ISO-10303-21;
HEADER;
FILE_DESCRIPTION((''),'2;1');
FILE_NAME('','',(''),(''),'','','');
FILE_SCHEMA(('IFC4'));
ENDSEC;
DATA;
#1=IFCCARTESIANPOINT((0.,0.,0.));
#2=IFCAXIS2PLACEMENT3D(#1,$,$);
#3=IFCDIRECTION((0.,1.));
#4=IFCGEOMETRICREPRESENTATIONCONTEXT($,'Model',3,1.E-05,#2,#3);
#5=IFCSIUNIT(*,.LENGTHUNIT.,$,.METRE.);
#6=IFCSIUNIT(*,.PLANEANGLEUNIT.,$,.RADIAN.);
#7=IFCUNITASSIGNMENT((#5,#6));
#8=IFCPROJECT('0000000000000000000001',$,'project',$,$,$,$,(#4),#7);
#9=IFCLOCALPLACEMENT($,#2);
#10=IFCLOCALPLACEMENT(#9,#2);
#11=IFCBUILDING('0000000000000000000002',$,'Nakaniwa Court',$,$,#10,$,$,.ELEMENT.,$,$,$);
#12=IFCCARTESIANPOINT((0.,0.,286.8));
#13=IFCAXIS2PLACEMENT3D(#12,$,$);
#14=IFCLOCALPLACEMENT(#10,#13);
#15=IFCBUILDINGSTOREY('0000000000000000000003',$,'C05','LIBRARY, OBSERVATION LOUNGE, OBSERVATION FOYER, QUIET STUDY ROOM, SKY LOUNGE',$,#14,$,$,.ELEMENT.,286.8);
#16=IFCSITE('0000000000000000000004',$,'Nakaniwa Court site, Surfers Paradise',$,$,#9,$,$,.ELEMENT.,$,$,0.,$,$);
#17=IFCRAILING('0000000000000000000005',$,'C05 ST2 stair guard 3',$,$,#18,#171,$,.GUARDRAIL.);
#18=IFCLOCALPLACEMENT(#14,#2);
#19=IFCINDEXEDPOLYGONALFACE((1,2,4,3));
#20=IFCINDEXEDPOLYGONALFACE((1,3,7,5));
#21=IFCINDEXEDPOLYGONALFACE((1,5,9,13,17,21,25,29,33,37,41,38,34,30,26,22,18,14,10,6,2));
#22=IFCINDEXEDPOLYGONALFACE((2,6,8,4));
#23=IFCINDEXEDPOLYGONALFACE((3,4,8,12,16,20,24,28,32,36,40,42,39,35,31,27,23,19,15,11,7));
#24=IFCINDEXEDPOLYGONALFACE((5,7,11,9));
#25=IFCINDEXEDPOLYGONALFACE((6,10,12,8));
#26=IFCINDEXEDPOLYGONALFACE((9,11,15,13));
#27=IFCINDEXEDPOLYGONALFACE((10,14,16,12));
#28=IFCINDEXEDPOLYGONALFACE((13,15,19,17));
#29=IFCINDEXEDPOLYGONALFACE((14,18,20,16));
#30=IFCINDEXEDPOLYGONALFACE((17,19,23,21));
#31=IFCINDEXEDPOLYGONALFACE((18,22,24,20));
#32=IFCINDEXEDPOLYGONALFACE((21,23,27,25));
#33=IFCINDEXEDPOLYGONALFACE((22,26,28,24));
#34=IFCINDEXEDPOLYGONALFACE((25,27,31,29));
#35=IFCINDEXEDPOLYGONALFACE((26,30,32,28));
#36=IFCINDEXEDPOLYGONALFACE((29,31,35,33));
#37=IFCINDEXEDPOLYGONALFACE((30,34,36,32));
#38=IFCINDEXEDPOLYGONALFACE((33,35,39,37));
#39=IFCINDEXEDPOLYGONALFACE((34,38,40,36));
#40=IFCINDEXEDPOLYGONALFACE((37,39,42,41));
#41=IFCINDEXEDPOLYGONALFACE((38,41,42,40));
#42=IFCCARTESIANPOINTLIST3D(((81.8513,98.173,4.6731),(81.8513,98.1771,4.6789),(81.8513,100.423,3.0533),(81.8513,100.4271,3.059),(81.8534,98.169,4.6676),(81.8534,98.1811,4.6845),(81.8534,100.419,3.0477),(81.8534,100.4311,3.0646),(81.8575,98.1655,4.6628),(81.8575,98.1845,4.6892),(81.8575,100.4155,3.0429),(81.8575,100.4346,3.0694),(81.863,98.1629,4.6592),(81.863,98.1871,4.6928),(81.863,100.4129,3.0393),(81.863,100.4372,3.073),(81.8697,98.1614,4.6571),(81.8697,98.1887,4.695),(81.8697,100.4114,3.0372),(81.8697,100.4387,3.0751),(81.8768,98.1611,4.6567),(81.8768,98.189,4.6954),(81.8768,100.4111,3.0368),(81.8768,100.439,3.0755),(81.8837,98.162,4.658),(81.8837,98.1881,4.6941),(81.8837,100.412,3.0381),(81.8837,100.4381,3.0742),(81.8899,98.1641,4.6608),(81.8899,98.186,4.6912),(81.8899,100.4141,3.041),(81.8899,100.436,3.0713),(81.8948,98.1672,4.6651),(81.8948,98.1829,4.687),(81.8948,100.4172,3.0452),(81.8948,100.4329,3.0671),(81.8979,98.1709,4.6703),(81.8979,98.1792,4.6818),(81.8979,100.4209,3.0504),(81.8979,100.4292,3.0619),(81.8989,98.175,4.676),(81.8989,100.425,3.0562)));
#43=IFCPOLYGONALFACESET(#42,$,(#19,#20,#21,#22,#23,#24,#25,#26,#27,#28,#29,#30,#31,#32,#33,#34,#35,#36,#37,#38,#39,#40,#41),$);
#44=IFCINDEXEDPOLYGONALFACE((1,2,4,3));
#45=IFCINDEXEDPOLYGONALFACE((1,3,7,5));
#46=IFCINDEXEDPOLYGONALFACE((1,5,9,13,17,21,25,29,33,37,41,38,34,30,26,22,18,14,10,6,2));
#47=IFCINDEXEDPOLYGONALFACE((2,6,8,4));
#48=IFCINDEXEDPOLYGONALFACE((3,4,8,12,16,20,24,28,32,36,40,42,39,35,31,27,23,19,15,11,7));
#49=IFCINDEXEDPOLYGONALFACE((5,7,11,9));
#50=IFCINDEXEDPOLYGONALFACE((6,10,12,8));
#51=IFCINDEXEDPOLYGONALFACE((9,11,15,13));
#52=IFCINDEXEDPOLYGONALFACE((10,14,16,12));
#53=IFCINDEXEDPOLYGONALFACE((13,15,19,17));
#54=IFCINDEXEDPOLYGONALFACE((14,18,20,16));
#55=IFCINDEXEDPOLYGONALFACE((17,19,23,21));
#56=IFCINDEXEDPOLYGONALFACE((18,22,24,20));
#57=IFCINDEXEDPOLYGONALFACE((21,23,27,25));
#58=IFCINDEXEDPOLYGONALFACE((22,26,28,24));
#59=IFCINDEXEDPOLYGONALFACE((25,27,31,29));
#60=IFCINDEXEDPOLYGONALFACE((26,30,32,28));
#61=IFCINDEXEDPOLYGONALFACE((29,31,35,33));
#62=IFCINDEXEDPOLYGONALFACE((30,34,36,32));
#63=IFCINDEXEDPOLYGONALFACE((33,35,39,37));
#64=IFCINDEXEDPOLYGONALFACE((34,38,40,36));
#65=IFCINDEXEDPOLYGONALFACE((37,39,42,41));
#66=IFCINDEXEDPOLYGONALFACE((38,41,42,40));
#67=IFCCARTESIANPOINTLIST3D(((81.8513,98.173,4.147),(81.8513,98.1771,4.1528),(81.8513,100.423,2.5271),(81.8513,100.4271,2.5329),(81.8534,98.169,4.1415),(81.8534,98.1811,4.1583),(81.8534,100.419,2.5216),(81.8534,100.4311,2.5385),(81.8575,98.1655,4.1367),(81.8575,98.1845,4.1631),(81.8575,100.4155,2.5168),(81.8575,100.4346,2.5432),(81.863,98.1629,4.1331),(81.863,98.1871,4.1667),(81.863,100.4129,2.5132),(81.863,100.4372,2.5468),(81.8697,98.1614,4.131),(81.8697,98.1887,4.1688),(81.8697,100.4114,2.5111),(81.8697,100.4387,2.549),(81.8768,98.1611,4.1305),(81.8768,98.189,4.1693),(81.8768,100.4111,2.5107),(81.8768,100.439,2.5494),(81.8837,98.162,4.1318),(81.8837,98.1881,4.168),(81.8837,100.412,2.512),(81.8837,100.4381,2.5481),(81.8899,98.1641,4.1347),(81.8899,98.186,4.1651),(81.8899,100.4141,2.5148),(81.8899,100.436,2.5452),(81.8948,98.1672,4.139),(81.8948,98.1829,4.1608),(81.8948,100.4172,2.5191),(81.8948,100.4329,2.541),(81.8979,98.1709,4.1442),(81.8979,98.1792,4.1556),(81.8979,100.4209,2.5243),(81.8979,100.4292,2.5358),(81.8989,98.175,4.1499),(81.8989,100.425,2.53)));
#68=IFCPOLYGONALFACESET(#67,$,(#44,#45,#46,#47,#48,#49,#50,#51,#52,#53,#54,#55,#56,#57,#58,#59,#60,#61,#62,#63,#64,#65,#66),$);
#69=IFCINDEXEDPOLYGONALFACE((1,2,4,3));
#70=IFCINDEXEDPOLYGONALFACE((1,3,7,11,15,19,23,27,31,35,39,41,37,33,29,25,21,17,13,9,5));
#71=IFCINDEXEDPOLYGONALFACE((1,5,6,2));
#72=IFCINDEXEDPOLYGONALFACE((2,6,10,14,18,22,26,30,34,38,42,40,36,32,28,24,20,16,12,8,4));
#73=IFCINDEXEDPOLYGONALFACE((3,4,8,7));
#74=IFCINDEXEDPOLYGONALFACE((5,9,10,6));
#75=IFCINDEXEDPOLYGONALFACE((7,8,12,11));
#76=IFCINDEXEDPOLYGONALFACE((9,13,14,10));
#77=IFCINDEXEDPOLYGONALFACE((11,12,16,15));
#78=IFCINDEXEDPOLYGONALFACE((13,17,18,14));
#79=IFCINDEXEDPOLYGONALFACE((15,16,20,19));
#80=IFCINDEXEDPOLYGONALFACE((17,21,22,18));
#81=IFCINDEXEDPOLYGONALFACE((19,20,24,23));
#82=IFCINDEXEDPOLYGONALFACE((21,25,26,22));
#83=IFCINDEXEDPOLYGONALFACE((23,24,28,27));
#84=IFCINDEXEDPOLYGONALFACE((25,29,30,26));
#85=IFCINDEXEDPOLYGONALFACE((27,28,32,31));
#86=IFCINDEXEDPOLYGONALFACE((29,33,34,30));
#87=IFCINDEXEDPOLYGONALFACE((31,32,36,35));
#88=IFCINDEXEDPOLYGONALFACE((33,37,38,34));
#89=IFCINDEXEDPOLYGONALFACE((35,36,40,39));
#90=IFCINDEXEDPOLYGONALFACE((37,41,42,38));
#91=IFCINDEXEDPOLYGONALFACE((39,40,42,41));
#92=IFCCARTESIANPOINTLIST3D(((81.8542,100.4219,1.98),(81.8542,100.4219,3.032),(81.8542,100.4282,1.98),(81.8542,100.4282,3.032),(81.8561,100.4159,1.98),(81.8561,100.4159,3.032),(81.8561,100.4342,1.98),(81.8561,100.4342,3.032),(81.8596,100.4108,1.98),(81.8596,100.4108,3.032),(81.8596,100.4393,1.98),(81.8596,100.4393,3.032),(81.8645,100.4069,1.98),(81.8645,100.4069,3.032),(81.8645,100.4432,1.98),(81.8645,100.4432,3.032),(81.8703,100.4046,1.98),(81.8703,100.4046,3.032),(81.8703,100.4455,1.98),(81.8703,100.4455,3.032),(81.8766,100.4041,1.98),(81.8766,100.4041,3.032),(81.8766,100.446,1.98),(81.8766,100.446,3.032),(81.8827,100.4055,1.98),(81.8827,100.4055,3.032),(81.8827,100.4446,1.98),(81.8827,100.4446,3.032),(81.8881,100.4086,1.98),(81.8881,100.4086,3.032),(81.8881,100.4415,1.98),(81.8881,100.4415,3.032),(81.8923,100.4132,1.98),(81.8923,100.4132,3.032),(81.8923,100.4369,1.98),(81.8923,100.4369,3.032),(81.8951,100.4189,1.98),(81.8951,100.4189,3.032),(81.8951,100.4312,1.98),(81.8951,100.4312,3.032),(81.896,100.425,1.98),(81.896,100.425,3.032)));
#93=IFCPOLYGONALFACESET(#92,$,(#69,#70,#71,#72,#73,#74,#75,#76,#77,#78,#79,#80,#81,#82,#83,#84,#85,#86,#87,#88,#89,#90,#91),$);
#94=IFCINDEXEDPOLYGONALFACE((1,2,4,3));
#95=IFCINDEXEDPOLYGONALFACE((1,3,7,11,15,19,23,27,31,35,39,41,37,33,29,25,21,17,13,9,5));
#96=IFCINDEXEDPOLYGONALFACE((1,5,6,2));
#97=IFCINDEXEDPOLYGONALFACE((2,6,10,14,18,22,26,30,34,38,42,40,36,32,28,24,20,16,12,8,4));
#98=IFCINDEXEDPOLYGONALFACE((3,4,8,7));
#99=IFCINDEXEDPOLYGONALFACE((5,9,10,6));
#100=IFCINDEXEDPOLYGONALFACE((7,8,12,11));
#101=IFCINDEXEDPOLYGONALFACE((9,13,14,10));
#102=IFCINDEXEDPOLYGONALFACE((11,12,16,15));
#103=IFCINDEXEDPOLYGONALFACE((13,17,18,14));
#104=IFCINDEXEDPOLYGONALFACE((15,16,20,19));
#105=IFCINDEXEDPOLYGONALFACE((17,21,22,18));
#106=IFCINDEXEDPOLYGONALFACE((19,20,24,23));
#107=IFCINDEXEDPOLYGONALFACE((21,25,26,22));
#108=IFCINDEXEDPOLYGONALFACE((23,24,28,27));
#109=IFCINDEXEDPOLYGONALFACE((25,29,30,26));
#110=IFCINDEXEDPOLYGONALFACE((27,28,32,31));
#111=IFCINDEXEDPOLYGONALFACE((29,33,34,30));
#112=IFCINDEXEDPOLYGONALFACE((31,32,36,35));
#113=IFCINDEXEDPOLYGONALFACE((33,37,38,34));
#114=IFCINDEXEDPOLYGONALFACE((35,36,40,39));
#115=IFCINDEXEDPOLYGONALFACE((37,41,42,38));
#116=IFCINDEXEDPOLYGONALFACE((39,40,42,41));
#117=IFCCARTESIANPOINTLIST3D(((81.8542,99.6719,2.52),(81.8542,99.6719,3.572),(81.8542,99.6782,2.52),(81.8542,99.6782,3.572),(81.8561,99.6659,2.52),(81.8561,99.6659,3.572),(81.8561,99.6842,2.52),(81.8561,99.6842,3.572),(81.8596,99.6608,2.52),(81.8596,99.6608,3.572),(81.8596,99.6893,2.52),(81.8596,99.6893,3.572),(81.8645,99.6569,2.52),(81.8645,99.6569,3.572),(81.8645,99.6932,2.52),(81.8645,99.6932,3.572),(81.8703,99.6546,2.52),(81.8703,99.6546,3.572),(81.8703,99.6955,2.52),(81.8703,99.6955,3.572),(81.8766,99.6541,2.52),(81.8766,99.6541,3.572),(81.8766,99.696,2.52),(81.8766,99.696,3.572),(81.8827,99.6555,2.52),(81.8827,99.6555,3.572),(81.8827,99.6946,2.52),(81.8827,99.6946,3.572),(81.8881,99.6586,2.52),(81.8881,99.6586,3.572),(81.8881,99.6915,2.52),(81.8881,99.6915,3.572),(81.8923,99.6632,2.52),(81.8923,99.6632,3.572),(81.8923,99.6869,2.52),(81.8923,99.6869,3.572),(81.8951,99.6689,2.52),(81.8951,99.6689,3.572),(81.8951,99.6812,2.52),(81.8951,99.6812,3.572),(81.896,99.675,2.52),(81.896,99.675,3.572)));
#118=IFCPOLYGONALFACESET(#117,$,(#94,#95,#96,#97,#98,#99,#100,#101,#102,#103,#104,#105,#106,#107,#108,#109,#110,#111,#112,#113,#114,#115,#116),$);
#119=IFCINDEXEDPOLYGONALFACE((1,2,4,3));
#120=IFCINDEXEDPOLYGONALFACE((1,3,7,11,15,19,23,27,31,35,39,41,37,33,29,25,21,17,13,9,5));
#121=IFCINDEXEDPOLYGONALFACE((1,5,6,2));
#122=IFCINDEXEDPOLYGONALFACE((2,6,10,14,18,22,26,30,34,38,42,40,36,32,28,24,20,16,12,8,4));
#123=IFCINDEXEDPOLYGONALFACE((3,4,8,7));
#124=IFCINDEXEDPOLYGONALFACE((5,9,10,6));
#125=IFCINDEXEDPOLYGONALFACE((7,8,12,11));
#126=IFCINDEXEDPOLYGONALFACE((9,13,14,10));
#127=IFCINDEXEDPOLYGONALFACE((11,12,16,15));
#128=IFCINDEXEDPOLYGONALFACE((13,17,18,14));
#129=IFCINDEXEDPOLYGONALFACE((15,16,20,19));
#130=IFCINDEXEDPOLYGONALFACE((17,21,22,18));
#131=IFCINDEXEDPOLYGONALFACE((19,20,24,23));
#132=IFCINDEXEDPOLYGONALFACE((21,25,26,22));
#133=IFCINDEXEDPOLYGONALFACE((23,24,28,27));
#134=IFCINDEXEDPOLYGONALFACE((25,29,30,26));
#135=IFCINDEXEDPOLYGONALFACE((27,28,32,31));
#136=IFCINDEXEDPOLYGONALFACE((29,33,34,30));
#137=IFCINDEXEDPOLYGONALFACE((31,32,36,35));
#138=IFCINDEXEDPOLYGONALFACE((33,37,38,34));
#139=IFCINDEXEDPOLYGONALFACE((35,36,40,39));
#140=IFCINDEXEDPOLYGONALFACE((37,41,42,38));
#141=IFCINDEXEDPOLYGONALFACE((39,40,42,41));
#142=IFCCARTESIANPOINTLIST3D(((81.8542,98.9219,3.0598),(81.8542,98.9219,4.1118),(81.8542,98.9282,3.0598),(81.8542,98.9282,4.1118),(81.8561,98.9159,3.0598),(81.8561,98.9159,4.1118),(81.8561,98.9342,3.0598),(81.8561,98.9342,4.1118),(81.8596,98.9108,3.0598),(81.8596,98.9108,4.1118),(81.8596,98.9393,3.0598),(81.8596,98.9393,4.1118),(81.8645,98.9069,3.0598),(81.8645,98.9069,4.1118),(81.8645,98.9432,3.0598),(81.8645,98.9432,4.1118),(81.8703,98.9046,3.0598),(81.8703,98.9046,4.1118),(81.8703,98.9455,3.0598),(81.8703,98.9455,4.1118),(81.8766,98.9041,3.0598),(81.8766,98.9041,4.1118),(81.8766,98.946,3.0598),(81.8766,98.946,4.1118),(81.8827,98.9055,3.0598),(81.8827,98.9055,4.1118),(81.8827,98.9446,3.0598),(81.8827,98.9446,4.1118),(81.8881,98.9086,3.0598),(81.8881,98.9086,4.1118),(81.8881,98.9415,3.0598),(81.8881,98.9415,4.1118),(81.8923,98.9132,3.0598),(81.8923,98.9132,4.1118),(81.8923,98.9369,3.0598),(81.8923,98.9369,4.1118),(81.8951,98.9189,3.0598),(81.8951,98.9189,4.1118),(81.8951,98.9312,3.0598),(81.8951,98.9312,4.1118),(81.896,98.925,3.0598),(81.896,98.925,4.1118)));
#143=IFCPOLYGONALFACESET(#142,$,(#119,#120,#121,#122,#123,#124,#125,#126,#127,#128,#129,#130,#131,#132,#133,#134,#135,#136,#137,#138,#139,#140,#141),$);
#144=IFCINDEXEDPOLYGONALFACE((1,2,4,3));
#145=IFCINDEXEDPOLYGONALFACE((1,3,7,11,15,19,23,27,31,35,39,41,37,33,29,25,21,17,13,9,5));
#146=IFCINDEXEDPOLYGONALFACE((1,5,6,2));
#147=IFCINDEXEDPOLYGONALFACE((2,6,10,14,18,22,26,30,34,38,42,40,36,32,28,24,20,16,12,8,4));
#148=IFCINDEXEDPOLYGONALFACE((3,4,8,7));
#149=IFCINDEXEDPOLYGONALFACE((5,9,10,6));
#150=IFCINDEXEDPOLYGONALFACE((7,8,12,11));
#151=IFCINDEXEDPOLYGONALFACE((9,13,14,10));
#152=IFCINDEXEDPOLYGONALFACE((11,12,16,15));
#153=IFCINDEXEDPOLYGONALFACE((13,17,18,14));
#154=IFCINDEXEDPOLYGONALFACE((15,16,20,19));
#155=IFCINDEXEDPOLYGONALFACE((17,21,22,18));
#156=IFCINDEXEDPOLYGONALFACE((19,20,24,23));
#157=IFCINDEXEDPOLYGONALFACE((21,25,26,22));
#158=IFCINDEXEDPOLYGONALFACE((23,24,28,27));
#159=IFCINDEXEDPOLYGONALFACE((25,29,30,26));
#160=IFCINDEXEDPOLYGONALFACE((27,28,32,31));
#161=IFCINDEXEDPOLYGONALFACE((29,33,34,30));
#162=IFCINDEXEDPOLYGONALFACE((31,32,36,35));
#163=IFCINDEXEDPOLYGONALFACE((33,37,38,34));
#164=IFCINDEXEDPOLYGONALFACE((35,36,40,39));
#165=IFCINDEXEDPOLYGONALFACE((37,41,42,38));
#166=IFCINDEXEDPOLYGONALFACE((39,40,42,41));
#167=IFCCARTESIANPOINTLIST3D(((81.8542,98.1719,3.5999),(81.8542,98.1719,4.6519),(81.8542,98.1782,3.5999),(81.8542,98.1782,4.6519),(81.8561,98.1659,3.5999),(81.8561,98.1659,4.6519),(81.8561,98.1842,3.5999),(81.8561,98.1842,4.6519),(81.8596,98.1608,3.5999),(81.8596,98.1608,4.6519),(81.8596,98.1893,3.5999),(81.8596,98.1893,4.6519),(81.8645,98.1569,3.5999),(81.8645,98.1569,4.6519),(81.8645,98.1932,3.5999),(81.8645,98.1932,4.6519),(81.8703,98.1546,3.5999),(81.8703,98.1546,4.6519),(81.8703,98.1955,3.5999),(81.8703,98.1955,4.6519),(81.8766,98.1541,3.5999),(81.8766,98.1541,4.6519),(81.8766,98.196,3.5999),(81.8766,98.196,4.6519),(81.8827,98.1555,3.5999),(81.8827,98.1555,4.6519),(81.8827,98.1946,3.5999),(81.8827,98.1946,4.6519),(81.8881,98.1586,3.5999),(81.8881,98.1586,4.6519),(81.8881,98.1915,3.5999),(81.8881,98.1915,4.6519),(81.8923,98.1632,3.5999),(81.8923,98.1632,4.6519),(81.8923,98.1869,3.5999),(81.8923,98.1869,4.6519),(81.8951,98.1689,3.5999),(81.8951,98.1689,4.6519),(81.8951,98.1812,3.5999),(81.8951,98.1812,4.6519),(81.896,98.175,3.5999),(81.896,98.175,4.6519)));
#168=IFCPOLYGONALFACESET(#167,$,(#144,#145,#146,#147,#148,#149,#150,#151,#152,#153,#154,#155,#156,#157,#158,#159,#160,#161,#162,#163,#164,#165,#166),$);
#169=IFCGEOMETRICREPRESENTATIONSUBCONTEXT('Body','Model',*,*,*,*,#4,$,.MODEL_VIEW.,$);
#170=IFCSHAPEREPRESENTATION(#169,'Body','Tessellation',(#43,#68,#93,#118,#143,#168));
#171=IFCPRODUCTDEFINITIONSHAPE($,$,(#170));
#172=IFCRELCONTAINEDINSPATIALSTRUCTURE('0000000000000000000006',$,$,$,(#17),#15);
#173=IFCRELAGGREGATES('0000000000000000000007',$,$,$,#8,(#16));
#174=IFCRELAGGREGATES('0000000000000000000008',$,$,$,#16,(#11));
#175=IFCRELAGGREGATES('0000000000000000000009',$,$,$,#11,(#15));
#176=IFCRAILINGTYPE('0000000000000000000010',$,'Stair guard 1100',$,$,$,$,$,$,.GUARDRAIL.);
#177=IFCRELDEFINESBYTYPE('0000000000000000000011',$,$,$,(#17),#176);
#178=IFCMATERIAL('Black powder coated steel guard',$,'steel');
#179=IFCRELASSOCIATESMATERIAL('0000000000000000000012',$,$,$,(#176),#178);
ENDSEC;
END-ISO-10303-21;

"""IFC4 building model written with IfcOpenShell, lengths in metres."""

from ifc_helpers import new_model, si_unit, direction, frame, origin, origin_2d, place, context, subcontext, project, spatial, circle, extrude, material, type_object, element, save


model = new_model("IFC4")

# Units and contexts
model_context = context("Model", 3, precision=1e-05, world=origin(), true_north=direction((0.0, 1.0)))
body_context = subcontext(model_context, "Body", "Model", "MODEL_VIEW")
ifc_project = project(units=[si_unit("LENGTHUNIT", "METRE"), si_unit("PLANEANGLEUNIT", "RADIAN")], contexts=[model_context])

# Site, building, storey
site_placement = place(None, origin())
site = spatial("IfcSite", under=ifc_project, at=site_placement, Name="Nakaniwa Court site, Surfers Paradise", CompositionType="ELEMENT", RefElevation=0.0)
building_placement = place(site_placement, origin())
building = spatial("IfcBuilding", under=site, at=building_placement, Name="Nakaniwa Court", CompositionType="ELEMENT")
storey_placement = place(building_placement, frame((0.0, 0.0, 286.8)))
storey = spatial("IfcBuildingStorey", under=building, at=storey_placement, Name="C05", Description="LIBRARY, OBSERVATION LOUNGE, OBSERVATION FOYER, QUIET STUDY ROOM, SKY LOUNGE", CompositionType="ELEMENT", Elevation=286.8)

# Railing
ifc_material_1 = material(Name="Black powder coated steel guard", Category="steel")
railing_type_1 = type_object("IfcRailingType", Name="Stair guard 1100", PredefinedType="GUARDRAIL", material=ifc_material_1)
railing_1_placement = place(storey_placement, frame((81.875, 100.425, 1.98)))
element("IfcRailing", 1, at=railing_1_placement, inside=storey, type_object=railing_type_1, Name="C05 ST2 stair guard 3", PredefinedType="GUARDRAIL", context=body_context, shape_type="SweptSolid", body=[
    extrude(circle(Radius=0.0239, at=origin_2d()), frame((0.0, 0.0, 1.0762), z_axis=(0.0, -0.811556, 0.584275), x_axis=(1.0, 0.0, 0.0)), (0.0, 0.0, 1.0), 2.7725),
    extrude(circle(Radius=0.0239, at=origin_2d()), frame((0.0, 0.0, 0.55), z_axis=(0.0, -0.811556, 0.584275), x_axis=(1.0, 0.0, 0.0)), (0.0, 0.0, 1.0), 2.7725),
    extrude(circle(Radius=0.021, at=origin_2d()), origin(), (0.0, 0.0, 1.0), 1.052),
    extrude(circle(Radius=0.021, at=origin_2d()), frame((0.0, -0.75, 0.54)), (0.0, 0.0, 1.0), 1.052),
    extrude(circle(Radius=0.021, at=origin_2d()), frame((0.0, -1.5, 1.0798)), (0.0, 0.0, 1.0), 1.052),
    extrude(circle(Radius=0.021, at=origin_2d()), frame((0.0, -2.25, 1.6199)), (0.0, 0.0, 1.0), 1.052),
])

save(model, "model.ifc")
